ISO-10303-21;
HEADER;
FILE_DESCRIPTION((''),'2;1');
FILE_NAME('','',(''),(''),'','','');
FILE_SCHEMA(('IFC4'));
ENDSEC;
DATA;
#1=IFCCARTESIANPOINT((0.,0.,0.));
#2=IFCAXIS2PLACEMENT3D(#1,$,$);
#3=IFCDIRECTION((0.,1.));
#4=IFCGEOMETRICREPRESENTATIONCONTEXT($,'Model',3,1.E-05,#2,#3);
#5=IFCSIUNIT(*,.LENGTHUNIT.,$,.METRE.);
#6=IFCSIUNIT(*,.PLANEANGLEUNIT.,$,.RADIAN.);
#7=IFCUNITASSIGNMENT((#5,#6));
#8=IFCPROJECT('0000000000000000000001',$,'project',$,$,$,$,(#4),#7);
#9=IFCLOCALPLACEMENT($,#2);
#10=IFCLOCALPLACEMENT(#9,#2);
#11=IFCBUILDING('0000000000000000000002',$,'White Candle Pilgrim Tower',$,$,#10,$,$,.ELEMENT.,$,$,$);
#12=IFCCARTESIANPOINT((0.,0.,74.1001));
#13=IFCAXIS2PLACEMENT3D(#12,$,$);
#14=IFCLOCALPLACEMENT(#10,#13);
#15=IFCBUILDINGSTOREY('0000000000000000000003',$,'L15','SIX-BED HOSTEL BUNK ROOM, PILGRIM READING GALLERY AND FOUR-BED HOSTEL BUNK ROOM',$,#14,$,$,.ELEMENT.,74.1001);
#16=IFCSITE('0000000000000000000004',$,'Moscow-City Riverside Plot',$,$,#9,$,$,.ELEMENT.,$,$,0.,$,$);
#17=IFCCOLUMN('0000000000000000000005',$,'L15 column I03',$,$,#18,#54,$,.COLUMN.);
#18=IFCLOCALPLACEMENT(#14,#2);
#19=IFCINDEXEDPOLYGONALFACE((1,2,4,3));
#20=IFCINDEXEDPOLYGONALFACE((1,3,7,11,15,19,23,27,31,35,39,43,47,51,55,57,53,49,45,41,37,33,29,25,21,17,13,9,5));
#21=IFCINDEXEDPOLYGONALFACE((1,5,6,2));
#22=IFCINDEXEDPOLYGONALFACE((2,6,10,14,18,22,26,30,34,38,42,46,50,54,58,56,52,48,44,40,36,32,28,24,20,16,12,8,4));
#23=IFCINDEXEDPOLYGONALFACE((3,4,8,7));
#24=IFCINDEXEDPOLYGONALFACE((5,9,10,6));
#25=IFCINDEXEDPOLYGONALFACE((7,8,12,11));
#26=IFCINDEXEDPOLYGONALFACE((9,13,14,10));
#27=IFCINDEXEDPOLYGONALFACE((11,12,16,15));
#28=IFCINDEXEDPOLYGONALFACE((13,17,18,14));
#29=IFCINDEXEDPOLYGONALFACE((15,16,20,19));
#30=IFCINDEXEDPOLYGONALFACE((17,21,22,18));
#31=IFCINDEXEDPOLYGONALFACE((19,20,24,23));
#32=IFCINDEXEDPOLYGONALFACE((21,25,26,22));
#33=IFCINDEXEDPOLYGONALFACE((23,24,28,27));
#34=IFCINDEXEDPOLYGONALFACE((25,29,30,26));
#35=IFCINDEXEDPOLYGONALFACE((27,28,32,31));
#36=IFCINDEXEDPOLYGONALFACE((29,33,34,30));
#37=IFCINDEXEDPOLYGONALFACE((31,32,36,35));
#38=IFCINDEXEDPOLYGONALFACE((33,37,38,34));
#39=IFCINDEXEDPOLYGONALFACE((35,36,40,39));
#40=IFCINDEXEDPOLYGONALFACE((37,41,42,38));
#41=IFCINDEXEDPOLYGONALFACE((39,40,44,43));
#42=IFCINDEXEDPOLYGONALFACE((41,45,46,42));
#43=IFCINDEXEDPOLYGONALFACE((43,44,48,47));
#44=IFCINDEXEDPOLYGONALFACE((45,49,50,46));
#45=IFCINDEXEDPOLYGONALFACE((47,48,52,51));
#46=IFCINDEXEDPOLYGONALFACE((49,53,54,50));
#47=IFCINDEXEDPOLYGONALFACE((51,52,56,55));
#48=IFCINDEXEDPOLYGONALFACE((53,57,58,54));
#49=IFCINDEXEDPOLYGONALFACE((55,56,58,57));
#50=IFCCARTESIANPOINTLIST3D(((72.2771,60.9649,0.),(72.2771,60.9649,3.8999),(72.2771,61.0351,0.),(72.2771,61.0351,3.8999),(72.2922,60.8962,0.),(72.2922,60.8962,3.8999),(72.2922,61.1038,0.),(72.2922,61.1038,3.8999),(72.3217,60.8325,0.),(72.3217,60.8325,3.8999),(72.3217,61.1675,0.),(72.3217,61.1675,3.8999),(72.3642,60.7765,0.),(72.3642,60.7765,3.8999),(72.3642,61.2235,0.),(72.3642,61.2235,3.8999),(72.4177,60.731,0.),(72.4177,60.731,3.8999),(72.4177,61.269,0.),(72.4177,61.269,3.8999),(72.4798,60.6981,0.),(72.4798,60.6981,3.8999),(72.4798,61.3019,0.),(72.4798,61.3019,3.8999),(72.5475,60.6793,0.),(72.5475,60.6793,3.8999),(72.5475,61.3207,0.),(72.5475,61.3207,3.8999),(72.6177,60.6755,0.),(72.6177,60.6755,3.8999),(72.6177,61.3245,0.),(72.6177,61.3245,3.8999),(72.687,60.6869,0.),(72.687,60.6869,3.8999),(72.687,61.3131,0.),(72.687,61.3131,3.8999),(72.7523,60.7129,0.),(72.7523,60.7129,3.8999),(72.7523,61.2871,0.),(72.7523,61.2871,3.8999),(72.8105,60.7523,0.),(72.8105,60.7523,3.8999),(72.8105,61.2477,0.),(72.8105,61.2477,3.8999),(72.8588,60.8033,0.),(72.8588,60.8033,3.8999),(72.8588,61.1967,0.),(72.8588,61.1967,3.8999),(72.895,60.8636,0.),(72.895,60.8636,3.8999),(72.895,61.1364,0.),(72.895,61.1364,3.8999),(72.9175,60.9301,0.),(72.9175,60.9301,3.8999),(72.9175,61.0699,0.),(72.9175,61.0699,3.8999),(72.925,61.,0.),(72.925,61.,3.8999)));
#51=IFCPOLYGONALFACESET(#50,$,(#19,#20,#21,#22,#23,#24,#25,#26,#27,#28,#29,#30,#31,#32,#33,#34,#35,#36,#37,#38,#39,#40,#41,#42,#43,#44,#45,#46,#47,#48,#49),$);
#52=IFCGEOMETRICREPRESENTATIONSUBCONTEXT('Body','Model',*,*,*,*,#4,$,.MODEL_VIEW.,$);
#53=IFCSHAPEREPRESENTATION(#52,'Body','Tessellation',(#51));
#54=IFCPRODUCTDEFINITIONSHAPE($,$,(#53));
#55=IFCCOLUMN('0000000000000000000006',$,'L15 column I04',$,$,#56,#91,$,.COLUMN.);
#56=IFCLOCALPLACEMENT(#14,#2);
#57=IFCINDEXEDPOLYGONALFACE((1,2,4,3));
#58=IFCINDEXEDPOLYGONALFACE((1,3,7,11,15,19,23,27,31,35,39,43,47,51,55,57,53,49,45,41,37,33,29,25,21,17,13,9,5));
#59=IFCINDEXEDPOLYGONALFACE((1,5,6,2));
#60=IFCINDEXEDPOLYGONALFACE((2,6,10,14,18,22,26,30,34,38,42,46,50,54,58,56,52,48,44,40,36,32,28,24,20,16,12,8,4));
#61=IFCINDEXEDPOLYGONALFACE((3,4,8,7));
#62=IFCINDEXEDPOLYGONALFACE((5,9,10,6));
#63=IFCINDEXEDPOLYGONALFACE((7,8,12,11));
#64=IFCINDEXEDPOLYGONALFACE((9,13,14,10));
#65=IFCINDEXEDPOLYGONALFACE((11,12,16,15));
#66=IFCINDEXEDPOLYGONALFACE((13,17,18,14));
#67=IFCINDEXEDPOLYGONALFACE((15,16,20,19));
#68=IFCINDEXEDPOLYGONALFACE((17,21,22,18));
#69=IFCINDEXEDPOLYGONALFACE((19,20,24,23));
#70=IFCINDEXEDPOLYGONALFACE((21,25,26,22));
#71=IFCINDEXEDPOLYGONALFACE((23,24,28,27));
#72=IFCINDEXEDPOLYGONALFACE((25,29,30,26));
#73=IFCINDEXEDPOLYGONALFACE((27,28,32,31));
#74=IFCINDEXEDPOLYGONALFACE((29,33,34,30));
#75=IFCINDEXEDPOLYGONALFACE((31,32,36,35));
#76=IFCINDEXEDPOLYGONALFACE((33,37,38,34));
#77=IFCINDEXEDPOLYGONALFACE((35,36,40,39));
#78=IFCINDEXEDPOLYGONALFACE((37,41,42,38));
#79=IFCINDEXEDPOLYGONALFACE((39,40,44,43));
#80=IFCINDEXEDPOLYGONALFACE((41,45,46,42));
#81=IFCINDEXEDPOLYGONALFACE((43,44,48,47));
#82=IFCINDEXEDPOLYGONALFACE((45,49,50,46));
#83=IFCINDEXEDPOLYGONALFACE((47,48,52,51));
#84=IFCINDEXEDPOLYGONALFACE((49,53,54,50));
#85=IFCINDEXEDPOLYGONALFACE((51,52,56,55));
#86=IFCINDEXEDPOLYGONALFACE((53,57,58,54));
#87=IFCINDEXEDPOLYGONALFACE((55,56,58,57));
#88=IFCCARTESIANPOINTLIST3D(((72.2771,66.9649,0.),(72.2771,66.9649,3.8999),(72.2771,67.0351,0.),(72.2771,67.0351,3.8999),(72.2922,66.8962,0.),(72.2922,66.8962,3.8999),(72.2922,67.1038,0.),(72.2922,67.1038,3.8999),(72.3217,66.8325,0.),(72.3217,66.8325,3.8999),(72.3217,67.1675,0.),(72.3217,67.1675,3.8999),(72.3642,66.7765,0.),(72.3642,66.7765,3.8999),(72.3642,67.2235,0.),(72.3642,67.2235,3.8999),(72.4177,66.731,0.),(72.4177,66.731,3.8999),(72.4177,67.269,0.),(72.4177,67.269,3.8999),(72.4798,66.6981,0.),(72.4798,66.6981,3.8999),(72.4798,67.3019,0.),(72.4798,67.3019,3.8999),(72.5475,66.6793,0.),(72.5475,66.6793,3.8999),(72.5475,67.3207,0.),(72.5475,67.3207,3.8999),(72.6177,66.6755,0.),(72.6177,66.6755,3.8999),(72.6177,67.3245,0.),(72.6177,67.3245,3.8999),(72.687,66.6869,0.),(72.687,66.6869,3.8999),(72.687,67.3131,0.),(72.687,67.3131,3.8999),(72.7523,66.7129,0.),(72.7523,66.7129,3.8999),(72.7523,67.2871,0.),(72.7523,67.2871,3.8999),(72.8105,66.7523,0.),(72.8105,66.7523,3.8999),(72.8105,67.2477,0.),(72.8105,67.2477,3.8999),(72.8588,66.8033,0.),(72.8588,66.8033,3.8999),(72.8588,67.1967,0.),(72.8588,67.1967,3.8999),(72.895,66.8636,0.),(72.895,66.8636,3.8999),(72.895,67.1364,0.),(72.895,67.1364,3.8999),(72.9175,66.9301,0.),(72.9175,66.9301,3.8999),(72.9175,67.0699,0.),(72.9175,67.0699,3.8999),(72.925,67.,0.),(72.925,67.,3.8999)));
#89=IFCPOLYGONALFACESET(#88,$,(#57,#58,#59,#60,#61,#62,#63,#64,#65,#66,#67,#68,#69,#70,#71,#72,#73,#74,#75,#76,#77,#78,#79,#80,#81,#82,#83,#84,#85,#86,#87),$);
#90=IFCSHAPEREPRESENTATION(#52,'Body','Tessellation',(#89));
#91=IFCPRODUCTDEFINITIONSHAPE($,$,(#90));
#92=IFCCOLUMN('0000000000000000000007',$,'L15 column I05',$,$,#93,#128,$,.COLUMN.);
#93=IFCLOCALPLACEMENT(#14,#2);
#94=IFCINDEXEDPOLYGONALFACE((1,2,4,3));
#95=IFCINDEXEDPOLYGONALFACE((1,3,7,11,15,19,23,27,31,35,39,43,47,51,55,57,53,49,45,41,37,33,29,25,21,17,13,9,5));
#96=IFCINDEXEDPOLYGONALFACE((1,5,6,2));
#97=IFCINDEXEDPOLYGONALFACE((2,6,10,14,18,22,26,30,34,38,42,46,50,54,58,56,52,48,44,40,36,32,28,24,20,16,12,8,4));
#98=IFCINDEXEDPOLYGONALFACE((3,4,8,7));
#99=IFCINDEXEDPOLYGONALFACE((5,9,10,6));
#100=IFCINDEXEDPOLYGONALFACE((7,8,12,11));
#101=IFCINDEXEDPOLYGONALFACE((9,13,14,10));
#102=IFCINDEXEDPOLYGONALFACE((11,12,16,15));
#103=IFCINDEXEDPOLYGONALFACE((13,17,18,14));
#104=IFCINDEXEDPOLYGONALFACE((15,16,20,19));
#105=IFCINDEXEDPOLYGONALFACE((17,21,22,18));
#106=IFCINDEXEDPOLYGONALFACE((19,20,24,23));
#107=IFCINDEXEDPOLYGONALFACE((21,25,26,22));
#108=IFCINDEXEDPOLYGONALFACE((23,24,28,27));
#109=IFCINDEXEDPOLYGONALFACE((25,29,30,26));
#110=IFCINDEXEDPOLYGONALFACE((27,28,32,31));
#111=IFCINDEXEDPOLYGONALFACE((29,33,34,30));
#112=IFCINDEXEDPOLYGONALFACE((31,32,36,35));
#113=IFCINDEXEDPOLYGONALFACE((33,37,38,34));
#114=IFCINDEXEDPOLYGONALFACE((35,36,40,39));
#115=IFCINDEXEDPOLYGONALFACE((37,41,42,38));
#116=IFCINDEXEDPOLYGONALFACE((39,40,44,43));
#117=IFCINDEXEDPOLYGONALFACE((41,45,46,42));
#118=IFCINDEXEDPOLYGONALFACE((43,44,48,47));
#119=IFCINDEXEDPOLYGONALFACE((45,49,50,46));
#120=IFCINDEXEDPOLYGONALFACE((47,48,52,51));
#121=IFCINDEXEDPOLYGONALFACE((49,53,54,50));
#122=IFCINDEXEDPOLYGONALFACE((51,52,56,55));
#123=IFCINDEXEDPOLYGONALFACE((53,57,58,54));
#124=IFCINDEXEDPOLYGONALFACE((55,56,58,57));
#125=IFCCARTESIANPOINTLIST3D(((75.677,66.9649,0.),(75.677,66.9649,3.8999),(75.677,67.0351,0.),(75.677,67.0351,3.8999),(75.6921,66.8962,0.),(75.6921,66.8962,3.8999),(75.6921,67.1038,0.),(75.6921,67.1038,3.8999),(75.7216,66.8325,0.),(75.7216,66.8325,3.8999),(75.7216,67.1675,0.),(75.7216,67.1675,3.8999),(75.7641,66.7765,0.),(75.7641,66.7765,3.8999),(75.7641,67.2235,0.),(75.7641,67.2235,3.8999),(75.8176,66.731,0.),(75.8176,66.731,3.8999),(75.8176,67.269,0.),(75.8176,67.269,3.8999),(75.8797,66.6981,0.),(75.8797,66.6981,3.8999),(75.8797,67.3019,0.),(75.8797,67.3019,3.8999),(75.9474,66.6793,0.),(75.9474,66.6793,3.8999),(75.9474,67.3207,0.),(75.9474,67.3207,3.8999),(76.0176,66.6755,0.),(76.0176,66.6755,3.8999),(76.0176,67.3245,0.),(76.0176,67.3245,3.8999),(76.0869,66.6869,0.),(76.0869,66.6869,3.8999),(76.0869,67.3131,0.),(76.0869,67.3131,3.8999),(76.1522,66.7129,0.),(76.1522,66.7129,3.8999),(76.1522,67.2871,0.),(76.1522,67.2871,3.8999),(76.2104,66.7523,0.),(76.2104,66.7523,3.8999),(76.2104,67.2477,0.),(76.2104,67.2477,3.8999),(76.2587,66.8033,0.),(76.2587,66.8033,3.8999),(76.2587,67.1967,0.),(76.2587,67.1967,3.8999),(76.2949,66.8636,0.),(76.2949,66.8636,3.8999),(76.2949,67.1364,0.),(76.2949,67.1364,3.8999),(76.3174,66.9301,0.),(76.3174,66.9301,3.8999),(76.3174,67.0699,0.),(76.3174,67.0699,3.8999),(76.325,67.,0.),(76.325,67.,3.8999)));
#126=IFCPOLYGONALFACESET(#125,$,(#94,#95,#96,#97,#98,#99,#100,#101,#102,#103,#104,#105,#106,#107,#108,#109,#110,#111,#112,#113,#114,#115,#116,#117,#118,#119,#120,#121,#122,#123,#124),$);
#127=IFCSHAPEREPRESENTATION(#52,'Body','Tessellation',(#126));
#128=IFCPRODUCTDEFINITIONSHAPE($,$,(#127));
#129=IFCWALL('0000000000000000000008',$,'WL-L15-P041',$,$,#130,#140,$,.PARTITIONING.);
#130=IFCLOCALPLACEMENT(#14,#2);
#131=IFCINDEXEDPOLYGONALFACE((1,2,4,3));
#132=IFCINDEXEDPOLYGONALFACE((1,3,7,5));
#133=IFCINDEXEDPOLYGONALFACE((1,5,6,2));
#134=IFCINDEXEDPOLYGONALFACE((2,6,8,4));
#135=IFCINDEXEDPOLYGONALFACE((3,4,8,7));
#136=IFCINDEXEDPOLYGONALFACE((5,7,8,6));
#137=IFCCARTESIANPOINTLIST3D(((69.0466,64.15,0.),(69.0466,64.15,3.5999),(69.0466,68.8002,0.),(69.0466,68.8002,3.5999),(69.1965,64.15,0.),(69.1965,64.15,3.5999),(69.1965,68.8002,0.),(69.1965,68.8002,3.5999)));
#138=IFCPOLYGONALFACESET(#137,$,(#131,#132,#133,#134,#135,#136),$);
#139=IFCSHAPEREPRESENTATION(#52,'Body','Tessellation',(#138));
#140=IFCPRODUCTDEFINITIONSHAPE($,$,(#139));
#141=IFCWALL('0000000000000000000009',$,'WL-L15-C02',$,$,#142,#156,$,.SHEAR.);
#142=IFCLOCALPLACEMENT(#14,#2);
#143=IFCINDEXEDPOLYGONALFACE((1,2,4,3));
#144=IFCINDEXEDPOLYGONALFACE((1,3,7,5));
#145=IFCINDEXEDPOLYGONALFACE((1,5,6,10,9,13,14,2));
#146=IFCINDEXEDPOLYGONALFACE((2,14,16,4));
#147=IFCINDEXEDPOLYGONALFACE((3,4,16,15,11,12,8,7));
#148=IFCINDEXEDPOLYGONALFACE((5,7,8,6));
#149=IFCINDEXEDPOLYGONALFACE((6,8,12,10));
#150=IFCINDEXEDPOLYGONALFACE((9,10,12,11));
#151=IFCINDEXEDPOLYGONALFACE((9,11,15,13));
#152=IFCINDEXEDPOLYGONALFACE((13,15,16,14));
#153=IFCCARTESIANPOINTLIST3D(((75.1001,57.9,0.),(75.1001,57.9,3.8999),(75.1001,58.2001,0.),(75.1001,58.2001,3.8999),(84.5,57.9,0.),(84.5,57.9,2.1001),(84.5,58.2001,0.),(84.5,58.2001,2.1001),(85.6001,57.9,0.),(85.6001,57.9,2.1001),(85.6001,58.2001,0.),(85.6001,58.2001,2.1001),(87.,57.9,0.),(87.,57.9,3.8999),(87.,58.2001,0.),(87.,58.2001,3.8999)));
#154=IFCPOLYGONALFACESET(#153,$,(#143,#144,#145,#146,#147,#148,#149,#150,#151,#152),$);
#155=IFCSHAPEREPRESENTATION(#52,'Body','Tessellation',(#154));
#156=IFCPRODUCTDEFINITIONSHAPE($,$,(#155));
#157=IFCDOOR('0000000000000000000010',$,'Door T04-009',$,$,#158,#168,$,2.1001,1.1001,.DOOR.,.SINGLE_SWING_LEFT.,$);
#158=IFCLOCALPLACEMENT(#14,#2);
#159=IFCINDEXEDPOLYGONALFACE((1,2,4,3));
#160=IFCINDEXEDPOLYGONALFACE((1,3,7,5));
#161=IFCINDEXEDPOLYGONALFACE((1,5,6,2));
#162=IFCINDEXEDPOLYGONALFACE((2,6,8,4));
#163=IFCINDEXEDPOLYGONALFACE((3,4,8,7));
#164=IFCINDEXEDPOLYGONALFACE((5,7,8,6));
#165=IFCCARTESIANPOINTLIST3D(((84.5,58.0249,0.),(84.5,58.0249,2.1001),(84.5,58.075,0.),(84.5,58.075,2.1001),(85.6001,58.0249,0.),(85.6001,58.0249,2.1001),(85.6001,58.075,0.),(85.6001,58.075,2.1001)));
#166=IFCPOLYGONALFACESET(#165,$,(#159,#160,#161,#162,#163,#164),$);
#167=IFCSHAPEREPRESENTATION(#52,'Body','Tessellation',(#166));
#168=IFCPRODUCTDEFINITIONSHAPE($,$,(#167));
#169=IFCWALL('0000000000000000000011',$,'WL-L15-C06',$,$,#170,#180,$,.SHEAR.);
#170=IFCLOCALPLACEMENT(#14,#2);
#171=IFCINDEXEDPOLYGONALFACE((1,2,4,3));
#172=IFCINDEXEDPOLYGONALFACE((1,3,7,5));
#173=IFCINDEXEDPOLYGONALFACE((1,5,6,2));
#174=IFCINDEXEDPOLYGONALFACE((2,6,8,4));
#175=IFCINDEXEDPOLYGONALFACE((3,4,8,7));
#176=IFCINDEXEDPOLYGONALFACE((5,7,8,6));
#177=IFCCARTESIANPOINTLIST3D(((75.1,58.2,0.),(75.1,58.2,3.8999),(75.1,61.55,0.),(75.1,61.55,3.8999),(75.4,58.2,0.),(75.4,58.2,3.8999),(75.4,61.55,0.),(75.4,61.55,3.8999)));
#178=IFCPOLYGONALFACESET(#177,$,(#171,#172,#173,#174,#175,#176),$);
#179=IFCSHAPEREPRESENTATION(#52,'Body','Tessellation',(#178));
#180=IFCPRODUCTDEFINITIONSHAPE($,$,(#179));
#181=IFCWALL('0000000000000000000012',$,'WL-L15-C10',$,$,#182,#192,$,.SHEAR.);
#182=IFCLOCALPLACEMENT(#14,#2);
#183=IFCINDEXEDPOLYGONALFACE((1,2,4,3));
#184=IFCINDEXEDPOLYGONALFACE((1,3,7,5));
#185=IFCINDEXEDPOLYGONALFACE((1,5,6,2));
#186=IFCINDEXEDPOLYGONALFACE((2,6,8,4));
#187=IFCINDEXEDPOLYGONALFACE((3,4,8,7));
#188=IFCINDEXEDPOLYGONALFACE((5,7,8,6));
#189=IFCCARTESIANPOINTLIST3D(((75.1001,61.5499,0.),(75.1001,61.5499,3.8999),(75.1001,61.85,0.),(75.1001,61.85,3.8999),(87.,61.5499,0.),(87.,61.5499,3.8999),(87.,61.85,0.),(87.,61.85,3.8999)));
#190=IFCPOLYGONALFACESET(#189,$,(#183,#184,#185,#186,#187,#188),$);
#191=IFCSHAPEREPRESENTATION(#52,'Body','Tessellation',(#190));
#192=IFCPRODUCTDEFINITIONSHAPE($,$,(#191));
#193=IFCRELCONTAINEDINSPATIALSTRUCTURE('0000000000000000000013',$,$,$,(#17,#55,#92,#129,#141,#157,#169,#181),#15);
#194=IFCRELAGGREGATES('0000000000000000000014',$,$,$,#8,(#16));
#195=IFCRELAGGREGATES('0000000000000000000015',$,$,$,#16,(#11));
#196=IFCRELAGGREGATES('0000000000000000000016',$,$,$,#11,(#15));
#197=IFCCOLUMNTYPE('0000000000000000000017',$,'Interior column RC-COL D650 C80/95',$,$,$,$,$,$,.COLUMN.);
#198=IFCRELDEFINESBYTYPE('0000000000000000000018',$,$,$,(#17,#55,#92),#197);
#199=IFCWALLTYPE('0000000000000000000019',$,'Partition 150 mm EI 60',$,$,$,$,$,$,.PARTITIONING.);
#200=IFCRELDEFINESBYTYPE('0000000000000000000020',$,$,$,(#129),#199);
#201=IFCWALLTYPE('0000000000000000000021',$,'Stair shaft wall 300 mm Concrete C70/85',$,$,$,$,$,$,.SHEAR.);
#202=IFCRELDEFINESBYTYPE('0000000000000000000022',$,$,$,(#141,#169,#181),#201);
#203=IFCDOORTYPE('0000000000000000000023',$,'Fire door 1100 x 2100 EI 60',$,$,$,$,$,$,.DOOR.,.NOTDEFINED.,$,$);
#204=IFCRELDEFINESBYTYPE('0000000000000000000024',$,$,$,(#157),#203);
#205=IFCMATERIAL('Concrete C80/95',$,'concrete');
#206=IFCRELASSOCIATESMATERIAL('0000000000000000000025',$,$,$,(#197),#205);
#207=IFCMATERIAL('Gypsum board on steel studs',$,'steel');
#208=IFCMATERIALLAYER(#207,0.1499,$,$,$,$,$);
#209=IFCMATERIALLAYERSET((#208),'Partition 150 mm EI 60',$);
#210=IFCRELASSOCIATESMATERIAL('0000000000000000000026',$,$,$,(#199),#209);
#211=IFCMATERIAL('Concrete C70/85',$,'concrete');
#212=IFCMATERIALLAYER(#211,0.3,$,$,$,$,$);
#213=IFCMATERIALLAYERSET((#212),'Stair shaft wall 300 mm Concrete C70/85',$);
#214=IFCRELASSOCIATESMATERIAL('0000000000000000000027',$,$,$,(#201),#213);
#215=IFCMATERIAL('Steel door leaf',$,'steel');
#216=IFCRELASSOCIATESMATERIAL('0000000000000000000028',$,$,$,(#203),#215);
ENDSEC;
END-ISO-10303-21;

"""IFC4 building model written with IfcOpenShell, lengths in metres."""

from ifc_helpers import new_model, si_unit, direction, frame, frame_2d, origin, origin_2d, place, context, subcontext, project, spatial, rectangle, circle, extrude, material, layer, layer_set, material_profile, profile_set, type_object, element, fill, save


model = new_model("IFC4")

# Units and contexts
model_context = context("Model", 3, precision=1e-05, world=origin(), true_north=direction((0.0, 1.0)))
body_context = subcontext(model_context, "Body", "Model", "MODEL_VIEW")
ifc_project = project(units=[si_unit("LENGTHUNIT", "METRE"), si_unit("PLANEANGLEUNIT", "RADIAN")], contexts=[model_context])

# Site, building, storey
site_placement = place(None, origin())
site = spatial("IfcSite", under=ifc_project, at=site_placement, Name="Moscow-City Riverside Plot", CompositionType="ELEMENT", RefElevation=0.0)
building_placement = place(site_placement, origin())
building = spatial("IfcBuilding", under=site, at=building_placement, Name="White Candle Pilgrim Tower", CompositionType="ELEMENT")
storey_placement = place(building_placement, frame((0.0, 0.0, 74.1001)))
storey = spatial("IfcBuildingStorey", under=building, at=storey_placement, Name="L15", Description="SIX-BED HOSTEL BUNK ROOM, PILGRIM READING GALLERY AND FOUR-BED HOSTEL BUNK ROOM", CompositionType="ELEMENT", Elevation=74.1001)

# Columns
ifc_material_1 = material(Name="Concrete C80/95", Category="concrete")
ifc_material_profile = material_profile(ifc_material_1, circle(Radius=0.325, at=origin_2d()), Name="RC-COL D650")
ifc_profile_set = profile_set([ifc_material_profile], Name="Concrete C80/95")
column_type = type_object("IfcColumnType", Name="Interior column RC-COL D650 C80/95", PredefinedType="COLUMN", material=ifc_profile_set)
for number, where, z_axis, x_axis, name in (
    (1, (72.6001, 61.0, 0.0), (0.0, 0.0, 1.0), (1.0, 0.0, 0.0), "L15 column I03"),
    (2, (72.6001, 67.0, 0.0), (0.0, 0.0, 1.0), (1.0, 0.0, 0.0), "L15 column I04"),
    (3, (76.0, 67.0, 0.0), (0.0, 0.0, 1.0), (1.0, 0.0, 0.0), "L15 column I05"),
):
    element("IfcColumn", number, at=place(storey_placement, frame(where, z_axis=z_axis, x_axis=x_axis)), inside=storey, type_object=column_type, Name=name, PredefinedType="COLUMN", context=body_context, shape_type="SweptSolid", body=[
        extrude(circle(Radius=0.325, at=origin_2d()), origin(), (0.0, 0.0, 1.0), 3.8999),
    ])

# Wall
ifc_material_2 = material(Name="Gypsum board on steel studs", Category="steel")
ifc_layer_1 = layer(ifc_material_2, 0.1499)
ifc_layer_set_1 = layer_set([ifc_layer_1], Name="Partition 150 mm EI 60")
wall_type_1 = type_object("IfcWallType", Name="Partition 150 mm EI 60", PredefinedType="PARTITIONING", material=ifc_layer_set_1)
wall_1_placement = place(storey_placement, frame((69.1216, 64.1499, 0.0), z_axis=(0.0, 0.0, 1.0), x_axis=(0.0, 1.0, 0.0)))
element("IfcWall", 4, at=wall_1_placement, inside=storey, type_object=wall_type_1, Name="WL-L15-P041", PredefinedType="PARTITIONING", context=body_context, shape_type="SweptSolid", body=[
    extrude(rectangle(XDim=4.6501, YDim=0.1499, at=frame_2d((2.3252, 0.0))), origin(), (0.0, 0.0, 1.0), 3.5999),
])

# Wall, opening, door
ifc_material_3 = material(Name="Concrete C70/85", Category="concrete")
ifc_layer_2 = layer(ifc_material_3, 0.3)
ifc_layer_set_2 = layer_set([ifc_layer_2], Name="Stair shaft wall 300 mm Concrete C70/85")
wall_type_2 = type_object("IfcWallType", Name="Stair shaft wall 300 mm Concrete C70/85", PredefinedType="SHEAR", material=ifc_layer_set_2)
wall_2_placement = place(storey_placement, frame((75.1001, 58.05, 0.0), z_axis=(0.0, 0.0, 1.0), x_axis=(1.0, 0.0, 0.0)))
wall_2 = element("IfcWall", 5, at=wall_2_placement, inside=storey, type_object=wall_type_2, Name="WL-L15-C02", PredefinedType="SHEAR", context=body_context, shape_type="SweptSolid", body=[
    extrude(rectangle(XDim=11.8999, YDim=0.3, at=frame_2d((5.95, 0.0))), origin(), (0.0, 0.0, 1.0), 3.8999),
])
opening_placement = place(wall_2_placement, frame((9.3999, 0.0, 0.0)))
opening = element("IfcOpeningElement", 6, at=opening_placement, cuts=wall_2, PredefinedType="OPENING", context=body_context, shape_type="SweptSolid", body=[
    extrude(rectangle(XDim=1.1001, YDim=2.1001, at=frame_2d((0.55, 1.05))), frame((0.0, 0.1599, 0.0), z_axis=(0.0, -1.0, 0.0), x_axis=(1.0, 0.0, 0.0)), (0.0, 0.0, 1.0), 0.3201),
])
ifc_material_4 = material(Name="Steel door leaf", Category="steel")
door_type = type_object("IfcDoorType", Name="Fire door 1100 x 2100 EI 60", OperationType="NOTDEFINED", PredefinedType="DOOR", material=ifc_material_4)
door_placement = place(opening_placement, origin())
door = element("IfcDoor", 7, at=door_placement, inside=storey, type_object=door_type, Name="Door T04-009", OperationType="SINGLE_SWING_LEFT", OverallHeight=2.1001, OverallWidth=1.1001, PredefinedType="DOOR", context=body_context, shape_type="SweptSolid", body=[
    extrude(rectangle(XDim=1.1001, YDim=2.1001, at=frame_2d((0.55, 1.05))), frame((0.0, 0.0249, 0.0), z_axis=(0.0, -1.0, 0.0), x_axis=(1.0, 0.0, 0.0)), (0.0, 0.0, 1.0), 0.05),
])
fill(opening, door)

# Walls
wall_3_placement = place(storey_placement, frame((75.25, 58.2, 0.0), z_axis=(0.0, 0.0, 1.0), x_axis=(0.0, 1.0, 0.0)))
element("IfcWall", 8, at=wall_3_placement, inside=storey, type_object=wall_type_2, Name="WL-L15-C06", PredefinedType="SHEAR", context=body_context, shape_type="SweptSolid", body=[
    extrude(rectangle(XDim=3.3501, YDim=0.3, at=frame_2d((1.675, 0.0))), origin(), (0.0, 0.0, 1.0), 3.8999),
])
wall_4_placement = place(storey_placement, frame((75.1001, 61.7, 0.0), z_axis=(0.0, 0.0, 1.0), x_axis=(1.0, 0.0, 0.0)))
element("IfcWall", 9, at=wall_4_placement, inside=storey, type_object=wall_type_2, Name="WL-L15-C10", PredefinedType="SHEAR", context=body_context, shape_type="SweptSolid", body=[
    extrude(rectangle(XDim=11.8999, YDim=0.3, at=frame_2d((5.95, 0.0))), origin(), (0.0, 0.0, 1.0), 3.8999),
])

save(model, "model.ifc")
